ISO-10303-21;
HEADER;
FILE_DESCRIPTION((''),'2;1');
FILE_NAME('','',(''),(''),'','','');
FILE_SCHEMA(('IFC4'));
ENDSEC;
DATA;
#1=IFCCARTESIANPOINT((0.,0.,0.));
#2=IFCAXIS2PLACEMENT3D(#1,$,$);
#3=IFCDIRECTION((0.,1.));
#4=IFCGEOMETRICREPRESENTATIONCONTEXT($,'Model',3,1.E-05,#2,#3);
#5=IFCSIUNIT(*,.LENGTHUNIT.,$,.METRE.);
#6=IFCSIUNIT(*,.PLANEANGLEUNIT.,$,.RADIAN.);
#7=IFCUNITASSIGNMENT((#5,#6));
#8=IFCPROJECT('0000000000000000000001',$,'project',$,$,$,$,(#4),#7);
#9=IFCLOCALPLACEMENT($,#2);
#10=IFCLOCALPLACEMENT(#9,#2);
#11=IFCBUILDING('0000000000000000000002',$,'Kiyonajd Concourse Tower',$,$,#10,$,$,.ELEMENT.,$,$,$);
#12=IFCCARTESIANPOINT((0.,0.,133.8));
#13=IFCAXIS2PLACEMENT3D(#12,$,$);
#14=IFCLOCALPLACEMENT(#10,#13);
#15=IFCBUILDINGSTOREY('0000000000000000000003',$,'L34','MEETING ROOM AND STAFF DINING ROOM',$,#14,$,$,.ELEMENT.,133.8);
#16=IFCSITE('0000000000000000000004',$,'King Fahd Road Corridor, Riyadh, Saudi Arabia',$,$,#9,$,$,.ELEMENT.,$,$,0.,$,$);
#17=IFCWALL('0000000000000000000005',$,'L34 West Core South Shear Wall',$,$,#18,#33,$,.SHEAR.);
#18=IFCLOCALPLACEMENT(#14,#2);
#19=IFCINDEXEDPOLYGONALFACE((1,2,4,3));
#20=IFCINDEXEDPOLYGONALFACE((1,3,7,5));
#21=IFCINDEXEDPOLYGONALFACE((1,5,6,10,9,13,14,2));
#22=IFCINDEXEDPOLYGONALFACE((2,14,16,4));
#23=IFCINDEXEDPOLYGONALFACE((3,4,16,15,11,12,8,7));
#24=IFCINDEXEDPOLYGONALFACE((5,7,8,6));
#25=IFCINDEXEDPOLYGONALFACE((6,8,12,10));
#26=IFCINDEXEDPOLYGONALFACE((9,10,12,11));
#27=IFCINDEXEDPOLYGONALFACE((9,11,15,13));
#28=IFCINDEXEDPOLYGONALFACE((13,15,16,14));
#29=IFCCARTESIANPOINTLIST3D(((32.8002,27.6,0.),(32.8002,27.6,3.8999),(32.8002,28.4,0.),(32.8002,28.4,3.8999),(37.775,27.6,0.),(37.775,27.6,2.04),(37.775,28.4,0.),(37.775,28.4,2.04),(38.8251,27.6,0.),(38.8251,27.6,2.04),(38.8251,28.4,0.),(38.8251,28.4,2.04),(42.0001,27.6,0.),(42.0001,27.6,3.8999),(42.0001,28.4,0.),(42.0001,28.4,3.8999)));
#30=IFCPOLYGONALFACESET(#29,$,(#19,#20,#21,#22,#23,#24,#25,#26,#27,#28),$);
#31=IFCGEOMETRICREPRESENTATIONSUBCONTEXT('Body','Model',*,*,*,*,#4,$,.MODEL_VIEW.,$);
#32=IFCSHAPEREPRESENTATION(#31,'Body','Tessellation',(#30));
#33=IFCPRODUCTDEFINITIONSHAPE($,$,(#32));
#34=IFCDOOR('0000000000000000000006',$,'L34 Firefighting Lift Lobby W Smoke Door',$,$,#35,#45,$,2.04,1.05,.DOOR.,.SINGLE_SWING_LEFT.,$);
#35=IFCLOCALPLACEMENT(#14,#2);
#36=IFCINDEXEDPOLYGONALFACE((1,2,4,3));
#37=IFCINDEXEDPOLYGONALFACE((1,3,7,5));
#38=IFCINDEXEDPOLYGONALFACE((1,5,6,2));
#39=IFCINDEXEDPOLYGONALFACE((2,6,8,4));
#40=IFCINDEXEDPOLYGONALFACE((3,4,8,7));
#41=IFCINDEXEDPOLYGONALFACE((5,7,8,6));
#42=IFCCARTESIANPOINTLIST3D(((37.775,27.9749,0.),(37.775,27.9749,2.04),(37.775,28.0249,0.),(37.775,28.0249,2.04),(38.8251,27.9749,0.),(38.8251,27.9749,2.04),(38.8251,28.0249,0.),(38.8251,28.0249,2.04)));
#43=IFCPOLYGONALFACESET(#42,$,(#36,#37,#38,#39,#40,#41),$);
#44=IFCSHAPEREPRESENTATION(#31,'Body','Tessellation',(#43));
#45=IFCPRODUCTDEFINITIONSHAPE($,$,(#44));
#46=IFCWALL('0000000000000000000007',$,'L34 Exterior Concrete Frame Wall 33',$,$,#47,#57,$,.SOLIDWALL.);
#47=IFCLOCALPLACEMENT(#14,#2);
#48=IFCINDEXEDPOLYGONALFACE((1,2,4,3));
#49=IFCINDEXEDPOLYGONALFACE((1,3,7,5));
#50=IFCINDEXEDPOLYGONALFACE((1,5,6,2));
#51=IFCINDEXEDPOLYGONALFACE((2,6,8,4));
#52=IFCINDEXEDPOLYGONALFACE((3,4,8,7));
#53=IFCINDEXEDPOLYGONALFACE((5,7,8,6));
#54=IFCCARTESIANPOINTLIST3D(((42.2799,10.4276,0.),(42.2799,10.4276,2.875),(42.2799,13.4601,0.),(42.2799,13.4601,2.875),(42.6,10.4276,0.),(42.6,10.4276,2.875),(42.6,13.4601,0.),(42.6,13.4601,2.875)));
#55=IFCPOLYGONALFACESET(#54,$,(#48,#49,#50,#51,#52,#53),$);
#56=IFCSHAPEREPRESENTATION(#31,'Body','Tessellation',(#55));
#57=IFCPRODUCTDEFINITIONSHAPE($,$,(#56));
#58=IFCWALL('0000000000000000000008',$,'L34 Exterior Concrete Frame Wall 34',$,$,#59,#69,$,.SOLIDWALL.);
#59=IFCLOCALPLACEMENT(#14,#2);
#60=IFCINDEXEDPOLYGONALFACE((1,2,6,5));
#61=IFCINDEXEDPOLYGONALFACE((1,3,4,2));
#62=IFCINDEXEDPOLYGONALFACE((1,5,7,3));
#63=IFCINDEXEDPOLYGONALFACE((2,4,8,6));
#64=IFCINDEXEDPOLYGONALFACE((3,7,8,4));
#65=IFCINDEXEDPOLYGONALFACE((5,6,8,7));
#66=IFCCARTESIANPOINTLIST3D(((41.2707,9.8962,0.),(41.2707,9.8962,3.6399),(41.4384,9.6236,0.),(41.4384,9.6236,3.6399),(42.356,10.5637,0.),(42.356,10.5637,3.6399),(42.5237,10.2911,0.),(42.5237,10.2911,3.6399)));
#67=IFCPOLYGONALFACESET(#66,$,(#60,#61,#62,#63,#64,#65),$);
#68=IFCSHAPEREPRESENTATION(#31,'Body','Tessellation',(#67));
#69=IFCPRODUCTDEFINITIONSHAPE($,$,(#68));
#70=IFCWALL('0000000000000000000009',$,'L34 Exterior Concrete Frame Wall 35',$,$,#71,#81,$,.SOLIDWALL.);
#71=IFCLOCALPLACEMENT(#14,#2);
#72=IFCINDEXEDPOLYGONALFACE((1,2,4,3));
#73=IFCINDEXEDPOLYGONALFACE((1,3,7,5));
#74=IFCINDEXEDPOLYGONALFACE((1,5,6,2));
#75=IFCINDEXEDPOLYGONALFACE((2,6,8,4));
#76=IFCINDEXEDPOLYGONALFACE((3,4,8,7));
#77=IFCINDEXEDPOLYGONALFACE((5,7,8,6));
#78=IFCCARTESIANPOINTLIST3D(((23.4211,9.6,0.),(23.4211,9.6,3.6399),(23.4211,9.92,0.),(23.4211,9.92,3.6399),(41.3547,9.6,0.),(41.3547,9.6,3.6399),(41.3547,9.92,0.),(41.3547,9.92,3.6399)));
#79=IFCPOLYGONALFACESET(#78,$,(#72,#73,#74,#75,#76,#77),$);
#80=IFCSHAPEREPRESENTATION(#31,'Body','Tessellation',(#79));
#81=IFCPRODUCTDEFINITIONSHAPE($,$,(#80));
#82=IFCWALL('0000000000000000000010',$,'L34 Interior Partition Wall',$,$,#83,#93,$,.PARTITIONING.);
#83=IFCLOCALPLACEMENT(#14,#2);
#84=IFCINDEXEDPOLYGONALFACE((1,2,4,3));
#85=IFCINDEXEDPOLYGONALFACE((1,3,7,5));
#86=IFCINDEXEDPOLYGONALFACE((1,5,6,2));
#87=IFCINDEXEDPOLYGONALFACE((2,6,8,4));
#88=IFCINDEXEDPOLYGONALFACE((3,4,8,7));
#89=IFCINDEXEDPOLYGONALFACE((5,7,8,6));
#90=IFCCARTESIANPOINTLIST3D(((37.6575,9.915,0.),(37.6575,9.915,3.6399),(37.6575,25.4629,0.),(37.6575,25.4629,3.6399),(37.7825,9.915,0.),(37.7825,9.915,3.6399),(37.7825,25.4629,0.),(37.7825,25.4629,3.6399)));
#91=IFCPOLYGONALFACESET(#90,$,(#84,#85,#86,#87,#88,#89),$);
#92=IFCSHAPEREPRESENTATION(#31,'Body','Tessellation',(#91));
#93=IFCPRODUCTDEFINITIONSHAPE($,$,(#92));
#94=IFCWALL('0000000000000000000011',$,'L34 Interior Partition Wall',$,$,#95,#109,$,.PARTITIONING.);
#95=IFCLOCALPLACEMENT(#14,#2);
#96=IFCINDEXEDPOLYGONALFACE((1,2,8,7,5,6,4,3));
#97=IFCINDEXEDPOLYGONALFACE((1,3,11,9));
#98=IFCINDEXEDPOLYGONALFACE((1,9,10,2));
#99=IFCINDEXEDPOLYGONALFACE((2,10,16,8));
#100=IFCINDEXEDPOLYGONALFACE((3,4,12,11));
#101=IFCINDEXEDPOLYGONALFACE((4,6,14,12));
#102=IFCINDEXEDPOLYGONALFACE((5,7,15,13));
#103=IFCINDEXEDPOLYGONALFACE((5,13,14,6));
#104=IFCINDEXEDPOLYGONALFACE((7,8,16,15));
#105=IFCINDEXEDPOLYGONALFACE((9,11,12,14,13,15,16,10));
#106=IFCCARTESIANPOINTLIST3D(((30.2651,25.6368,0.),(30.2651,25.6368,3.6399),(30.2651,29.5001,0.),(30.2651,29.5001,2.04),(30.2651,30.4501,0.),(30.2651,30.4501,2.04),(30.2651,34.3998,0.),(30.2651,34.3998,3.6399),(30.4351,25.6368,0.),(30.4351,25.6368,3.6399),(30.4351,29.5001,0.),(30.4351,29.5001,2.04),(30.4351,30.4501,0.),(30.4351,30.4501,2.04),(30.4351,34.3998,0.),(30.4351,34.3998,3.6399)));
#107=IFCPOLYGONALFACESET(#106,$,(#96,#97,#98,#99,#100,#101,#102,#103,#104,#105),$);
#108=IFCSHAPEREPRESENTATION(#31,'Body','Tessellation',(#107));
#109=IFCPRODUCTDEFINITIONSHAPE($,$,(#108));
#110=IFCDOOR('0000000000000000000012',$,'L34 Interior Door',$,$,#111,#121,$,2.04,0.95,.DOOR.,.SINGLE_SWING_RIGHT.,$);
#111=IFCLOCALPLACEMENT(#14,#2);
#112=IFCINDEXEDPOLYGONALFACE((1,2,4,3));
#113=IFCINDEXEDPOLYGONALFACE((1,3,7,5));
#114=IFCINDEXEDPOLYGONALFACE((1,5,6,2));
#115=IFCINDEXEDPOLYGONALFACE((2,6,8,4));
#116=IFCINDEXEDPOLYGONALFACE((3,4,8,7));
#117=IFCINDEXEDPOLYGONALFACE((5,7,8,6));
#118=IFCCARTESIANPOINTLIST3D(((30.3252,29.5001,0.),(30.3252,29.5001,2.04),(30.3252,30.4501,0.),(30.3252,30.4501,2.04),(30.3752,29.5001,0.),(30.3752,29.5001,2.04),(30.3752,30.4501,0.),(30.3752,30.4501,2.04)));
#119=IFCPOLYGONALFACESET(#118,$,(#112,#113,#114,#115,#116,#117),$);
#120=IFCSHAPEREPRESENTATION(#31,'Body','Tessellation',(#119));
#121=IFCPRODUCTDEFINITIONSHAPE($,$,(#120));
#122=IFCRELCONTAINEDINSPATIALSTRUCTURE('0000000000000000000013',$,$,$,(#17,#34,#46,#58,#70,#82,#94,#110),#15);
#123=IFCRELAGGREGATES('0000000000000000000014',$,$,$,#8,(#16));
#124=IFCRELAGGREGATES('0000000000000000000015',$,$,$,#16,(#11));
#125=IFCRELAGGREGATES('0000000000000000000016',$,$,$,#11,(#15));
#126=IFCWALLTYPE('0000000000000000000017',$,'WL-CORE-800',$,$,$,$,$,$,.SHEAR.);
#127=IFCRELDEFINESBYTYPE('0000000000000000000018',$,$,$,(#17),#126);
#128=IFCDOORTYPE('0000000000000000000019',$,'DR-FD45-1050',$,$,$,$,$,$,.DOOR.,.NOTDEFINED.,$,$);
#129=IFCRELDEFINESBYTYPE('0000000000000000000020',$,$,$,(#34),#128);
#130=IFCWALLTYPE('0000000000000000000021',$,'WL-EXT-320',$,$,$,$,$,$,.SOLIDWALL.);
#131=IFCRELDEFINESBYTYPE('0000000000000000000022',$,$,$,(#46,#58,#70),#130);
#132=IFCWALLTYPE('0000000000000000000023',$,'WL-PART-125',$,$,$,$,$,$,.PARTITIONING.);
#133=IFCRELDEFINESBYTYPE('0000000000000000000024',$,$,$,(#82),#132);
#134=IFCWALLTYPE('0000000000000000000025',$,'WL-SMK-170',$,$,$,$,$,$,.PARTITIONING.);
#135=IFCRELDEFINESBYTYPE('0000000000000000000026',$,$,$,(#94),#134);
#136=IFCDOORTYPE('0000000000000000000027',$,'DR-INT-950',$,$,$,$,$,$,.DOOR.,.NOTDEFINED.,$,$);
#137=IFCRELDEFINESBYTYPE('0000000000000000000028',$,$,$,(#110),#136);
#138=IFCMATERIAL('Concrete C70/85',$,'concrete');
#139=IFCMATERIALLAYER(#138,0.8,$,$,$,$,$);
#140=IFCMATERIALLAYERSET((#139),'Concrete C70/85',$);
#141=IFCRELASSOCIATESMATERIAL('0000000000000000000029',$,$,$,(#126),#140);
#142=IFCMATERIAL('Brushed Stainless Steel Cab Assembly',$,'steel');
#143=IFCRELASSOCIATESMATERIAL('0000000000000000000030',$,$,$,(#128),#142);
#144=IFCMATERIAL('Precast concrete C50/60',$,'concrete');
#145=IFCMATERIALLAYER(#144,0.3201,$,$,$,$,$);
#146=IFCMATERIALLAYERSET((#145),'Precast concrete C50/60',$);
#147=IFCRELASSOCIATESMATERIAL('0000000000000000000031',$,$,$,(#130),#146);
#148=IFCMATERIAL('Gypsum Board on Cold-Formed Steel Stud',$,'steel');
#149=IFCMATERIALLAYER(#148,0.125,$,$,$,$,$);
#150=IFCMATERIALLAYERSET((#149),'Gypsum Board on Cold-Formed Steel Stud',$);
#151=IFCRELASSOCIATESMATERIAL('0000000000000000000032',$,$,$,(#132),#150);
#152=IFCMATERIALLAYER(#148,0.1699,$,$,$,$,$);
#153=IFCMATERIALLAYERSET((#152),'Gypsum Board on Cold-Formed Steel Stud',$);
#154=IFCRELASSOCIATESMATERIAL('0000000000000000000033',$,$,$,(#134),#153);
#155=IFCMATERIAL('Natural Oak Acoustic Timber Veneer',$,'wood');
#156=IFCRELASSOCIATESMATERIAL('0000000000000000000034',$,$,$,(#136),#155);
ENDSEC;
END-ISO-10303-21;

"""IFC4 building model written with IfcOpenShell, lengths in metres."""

from ifc_helpers import new_model, si_unit, direction, frame, frame_2d, origin, place, context, subcontext, project, spatial, rectangle, extrude, material, layer, layer_set, type_object, element, fill, save


model = new_model("IFC4")

# Units and contexts
model_context = context("Model", 3, precision=1e-05, world=origin(), true_north=direction((0.0, 1.0)))
body_context = subcontext(model_context, "Body", "Model", "MODEL_VIEW")
ifc_project = project(units=[si_unit("LENGTHUNIT", "METRE"), si_unit("PLANEANGLEUNIT", "RADIAN")], contexts=[model_context])

# Site, building, storey
site_placement = place(None, origin())
site = spatial("IfcSite", under=ifc_project, at=site_placement, Name="King Fahd Road Corridor, Riyadh, Saudi Arabia", CompositionType="ELEMENT", RefElevation=0.0)
building_placement = place(site_placement, origin())
building = spatial("IfcBuilding", under=site, at=building_placement, Name="Kiyonajd Concourse Tower", CompositionType="ELEMENT")
storey_placement = place(building_placement, frame((0.0, 0.0, 133.8)))
storey = spatial("IfcBuildingStorey", under=building, at=storey_placement, Name="L34", Description="MEETING ROOM AND STAFF DINING ROOM", CompositionType="ELEMENT", Elevation=133.8)

# Shared definitions
ifc_material_1 = material(Name="Concrete C70/85", Category="concrete")

# Shared definitions
ifc_material_2 = material(Name="Precast concrete C50/60", Category="concrete")

# Shared definitions
ifc_layer_1 = layer(ifc_material_1, 0.8)
ifc_layer_set_1 = layer_set([ifc_layer_1], Name="Concrete C70/85")
wall_type_1 = type_object("IfcWallType", Name="WL-CORE-800", PredefinedType="SHEAR", material=ifc_layer_set_1)

# Wall, opening, door
wall_1_placement = place(storey_placement, frame((32.8, 28.0, 0.0), z_axis=(0.0, 0.0, 1.0), x_axis=(1.0, 0.0, 0.0)))
wall_1 = element("IfcWall", 1, at=wall_1_placement, inside=storey, type_object=wall_type_1, Name="L34 West Core South Shear Wall", PredefinedType="SHEAR", context=body_context, shape_type="SweptSolid", body=[
    extrude(rectangle(XDim=9.2, YDim=0.8, at=frame_2d((4.6001, 0.0))), origin(), (0.0, 0.0, 1.0), 3.8999),
])
opening_1_placement = place(wall_1_placement, frame((4.9751, 0.0, 0.0)))
opening_1 = element("IfcOpeningElement", 2, at=opening_1_placement, cuts=wall_1, PredefinedType="OPENING", context=body_context, shape_type="SweptSolid", body=[
    extrude(rectangle(XDim=1.05, YDim=2.04, at=frame_2d((0.5249, 1.02))), frame((0.0, 0.4099, 0.0), z_axis=(0.0, -1.0, 0.0), x_axis=(1.0, 0.0, 0.0)), (0.0, 0.0, 1.0), 0.8201),
])
ifc_material_3 = material(Name="Brushed Stainless Steel Cab Assembly", Category="steel")
door_type_1 = type_object("IfcDoorType", Name="DR-FD45-1050", OperationType="NOTDEFINED", PredefinedType="DOOR", material=ifc_material_3)
door_1_placement = place(opening_1_placement, origin())
door_1 = element("IfcDoor", 3, at=door_1_placement, inside=storey, type_object=door_type_1, Name="L34 Firefighting Lift Lobby W Smoke Door", OperationType="SINGLE_SWING_LEFT", OverallHeight=2.04, OverallWidth=1.05, PredefinedType="DOOR", context=body_context, shape_type="SweptSolid", body=[
    extrude(rectangle(XDim=1.05, YDim=2.04, at=frame_2d((0.5249, 1.02))), frame((0.0, 0.0249, 0.0), z_axis=(0.0, -1.0, 0.0), x_axis=(1.0, 0.0, 0.0)), (0.0, 0.0, 1.0), 0.05),
])
fill(opening_1, door_1)

# Walls
ifc_layer_2 = layer(ifc_material_2, 0.3201)
ifc_layer_set_2 = layer_set([ifc_layer_2], Name="Precast concrete C50/60")
wall_type_2 = type_object("IfcWallType", Name="WL-EXT-320", PredefinedType="SOLIDWALL", material=ifc_layer_set_2)
wall_2_placement = place(storey_placement, frame((42.4399, 13.46, 0.0), z_axis=(0.0, 0.0, 1.0), x_axis=(0.0, -1.0, 0.0)))
element("IfcWall", 4, at=wall_2_placement, inside=storey, type_object=wall_type_2, Name="L34 Exterior Concrete Frame Wall 33", PredefinedType="SOLIDWALL", context=body_context, shape_type="SweptSolid", body=[
    extrude(rectangle(XDim=3.0325, YDim=0.3201, at=frame_2d((1.5161, 0.0))), origin(), (0.0, 0.0, 1.0), 2.875),
])
wall_3_placement = place(storey_placement, frame((42.4399, 10.4275, 0.0), z_axis=(0.0, 0.0, 1.0), x_axis=(-0.851777, -0.523905, 0.0)))
element("IfcWall", 5, at=wall_3_placement, inside=storey, type_object=wall_type_2, Name="L34 Exterior Concrete Frame Wall 34", PredefinedType="SOLIDWALL", context=body_context, shape_type="SweptSolid", body=[
    extrude(rectangle(XDim=1.2742, YDim=0.3201, at=frame_2d((0.6372, 0.0))), origin(), (0.0, 0.0, 1.0), 3.6399),
])
wall_4_placement = place(storey_placement, frame((41.3547, 9.76, 0.0), z_axis=(0.0, 0.0, 1.0), x_axis=(-1.0, 0.0, 0.0)))
element("IfcWall", 6, at=wall_4_placement, inside=storey, type_object=wall_type_2, Name="L34 Exterior Concrete Frame Wall 35", PredefinedType="SOLIDWALL", context=body_context, shape_type="SweptSolid", body=[
    extrude(rectangle(XDim=17.9336, YDim=0.3201, at=frame_2d((8.9668, 0.0))), origin(), (0.0, 0.0, 1.0), 3.6399),
])
ifc_material_4 = material(Name="Gypsum Board on Cold-Formed Steel Stud", Category="steel")
ifc_layer_3 = layer(ifc_material_4, 0.125)
ifc_layer_set_3 = layer_set([ifc_layer_3], Name="Gypsum Board on Cold-Formed Steel Stud")
wall_type_3 = type_object("IfcWallType", Name="WL-PART-125", PredefinedType="PARTITIONING", material=ifc_layer_set_3)
wall_5_placement = place(storey_placement, frame((37.72, 9.915, 0.0), z_axis=(0.0, 0.0, 1.0), x_axis=(0.0, 1.0, 0.0)))
element("IfcWall", 7, at=wall_5_placement, inside=storey, type_object=wall_type_3, Name="L34 Interior Partition Wall", PredefinedType="PARTITIONING", context=body_context, shape_type="SweptSolid", body=[
    extrude(rectangle(XDim=15.5479, YDim=0.125, at=frame_2d((7.7739, 0.0))), origin(), (0.0, 0.0, 1.0), 3.6399),
])

# Wall, opening, door
ifc_layer_4 = layer(ifc_material_4, 0.1699)
ifc_layer_set_4 = layer_set([ifc_layer_4], Name="Gypsum Board on Cold-Formed Steel Stud")
wall_type_4 = type_object("IfcWallType", Name="WL-SMK-170", PredefinedType="PARTITIONING", material=ifc_layer_set_4)
wall_6_placement = place(storey_placement, frame((30.3501, 25.637, 0.0), z_axis=(0.0, 0.0, 1.0), x_axis=(0.0, 1.0, 0.0)))
wall_6 = element("IfcWall", 8, at=wall_6_placement, inside=storey, type_object=wall_type_4, Name="L34 Interior Partition Wall", PredefinedType="PARTITIONING", context=body_context, shape_type="SweptSolid", body=[
    extrude(rectangle(XDim=8.7629, YDim=0.1699, at=frame_2d((4.3813, 0.0))), origin(), (0.0, 0.0, 1.0), 3.6399),
])
opening_2_placement = place(wall_6_placement, frame((3.863, 0.0, 0.0)))
opening_2 = element("IfcOpeningElement", 9, at=opening_2_placement, cuts=wall_6, PredefinedType="OPENING", context=body_context, shape_type="SweptSolid", body=[
    extrude(rectangle(XDim=0.95, YDim=2.04, at=frame_2d((0.4751, 1.02))), frame((0.0, 0.095, 0.0), z_axis=(0.0, -1.0, 0.0), x_axis=(1.0, 0.0, 0.0)), (0.0, 0.0, 1.0), 0.1899),
])
ifc_material_5 = material(Name="Natural Oak Acoustic Timber Veneer", Category="wood")
door_type_2 = type_object("IfcDoorType", Name="DR-INT-950", OperationType="NOTDEFINED", PredefinedType="DOOR", material=ifc_material_5)
door_2_placement = place(opening_2_placement, origin())
door_2 = element("IfcDoor", 10, at=door_2_placement, inside=storey, type_object=door_type_2, Name="L34 Interior Door", OperationType="SINGLE_SWING_RIGHT", OverallHeight=2.04, OverallWidth=0.95, PredefinedType="DOOR", context=body_context, shape_type="SweptSolid", body=[
    extrude(rectangle(XDim=0.95, YDim=2.04, at=frame_2d((0.4751, 1.02))), frame((0.0, 0.0249, 0.0), z_axis=(0.0, -1.0, 0.0), x_axis=(1.0, 0.0, 0.0)), (0.0, 0.0, 1.0), 0.05),
])
fill(opening_2, door_2)

save(model, "model.ifc")
